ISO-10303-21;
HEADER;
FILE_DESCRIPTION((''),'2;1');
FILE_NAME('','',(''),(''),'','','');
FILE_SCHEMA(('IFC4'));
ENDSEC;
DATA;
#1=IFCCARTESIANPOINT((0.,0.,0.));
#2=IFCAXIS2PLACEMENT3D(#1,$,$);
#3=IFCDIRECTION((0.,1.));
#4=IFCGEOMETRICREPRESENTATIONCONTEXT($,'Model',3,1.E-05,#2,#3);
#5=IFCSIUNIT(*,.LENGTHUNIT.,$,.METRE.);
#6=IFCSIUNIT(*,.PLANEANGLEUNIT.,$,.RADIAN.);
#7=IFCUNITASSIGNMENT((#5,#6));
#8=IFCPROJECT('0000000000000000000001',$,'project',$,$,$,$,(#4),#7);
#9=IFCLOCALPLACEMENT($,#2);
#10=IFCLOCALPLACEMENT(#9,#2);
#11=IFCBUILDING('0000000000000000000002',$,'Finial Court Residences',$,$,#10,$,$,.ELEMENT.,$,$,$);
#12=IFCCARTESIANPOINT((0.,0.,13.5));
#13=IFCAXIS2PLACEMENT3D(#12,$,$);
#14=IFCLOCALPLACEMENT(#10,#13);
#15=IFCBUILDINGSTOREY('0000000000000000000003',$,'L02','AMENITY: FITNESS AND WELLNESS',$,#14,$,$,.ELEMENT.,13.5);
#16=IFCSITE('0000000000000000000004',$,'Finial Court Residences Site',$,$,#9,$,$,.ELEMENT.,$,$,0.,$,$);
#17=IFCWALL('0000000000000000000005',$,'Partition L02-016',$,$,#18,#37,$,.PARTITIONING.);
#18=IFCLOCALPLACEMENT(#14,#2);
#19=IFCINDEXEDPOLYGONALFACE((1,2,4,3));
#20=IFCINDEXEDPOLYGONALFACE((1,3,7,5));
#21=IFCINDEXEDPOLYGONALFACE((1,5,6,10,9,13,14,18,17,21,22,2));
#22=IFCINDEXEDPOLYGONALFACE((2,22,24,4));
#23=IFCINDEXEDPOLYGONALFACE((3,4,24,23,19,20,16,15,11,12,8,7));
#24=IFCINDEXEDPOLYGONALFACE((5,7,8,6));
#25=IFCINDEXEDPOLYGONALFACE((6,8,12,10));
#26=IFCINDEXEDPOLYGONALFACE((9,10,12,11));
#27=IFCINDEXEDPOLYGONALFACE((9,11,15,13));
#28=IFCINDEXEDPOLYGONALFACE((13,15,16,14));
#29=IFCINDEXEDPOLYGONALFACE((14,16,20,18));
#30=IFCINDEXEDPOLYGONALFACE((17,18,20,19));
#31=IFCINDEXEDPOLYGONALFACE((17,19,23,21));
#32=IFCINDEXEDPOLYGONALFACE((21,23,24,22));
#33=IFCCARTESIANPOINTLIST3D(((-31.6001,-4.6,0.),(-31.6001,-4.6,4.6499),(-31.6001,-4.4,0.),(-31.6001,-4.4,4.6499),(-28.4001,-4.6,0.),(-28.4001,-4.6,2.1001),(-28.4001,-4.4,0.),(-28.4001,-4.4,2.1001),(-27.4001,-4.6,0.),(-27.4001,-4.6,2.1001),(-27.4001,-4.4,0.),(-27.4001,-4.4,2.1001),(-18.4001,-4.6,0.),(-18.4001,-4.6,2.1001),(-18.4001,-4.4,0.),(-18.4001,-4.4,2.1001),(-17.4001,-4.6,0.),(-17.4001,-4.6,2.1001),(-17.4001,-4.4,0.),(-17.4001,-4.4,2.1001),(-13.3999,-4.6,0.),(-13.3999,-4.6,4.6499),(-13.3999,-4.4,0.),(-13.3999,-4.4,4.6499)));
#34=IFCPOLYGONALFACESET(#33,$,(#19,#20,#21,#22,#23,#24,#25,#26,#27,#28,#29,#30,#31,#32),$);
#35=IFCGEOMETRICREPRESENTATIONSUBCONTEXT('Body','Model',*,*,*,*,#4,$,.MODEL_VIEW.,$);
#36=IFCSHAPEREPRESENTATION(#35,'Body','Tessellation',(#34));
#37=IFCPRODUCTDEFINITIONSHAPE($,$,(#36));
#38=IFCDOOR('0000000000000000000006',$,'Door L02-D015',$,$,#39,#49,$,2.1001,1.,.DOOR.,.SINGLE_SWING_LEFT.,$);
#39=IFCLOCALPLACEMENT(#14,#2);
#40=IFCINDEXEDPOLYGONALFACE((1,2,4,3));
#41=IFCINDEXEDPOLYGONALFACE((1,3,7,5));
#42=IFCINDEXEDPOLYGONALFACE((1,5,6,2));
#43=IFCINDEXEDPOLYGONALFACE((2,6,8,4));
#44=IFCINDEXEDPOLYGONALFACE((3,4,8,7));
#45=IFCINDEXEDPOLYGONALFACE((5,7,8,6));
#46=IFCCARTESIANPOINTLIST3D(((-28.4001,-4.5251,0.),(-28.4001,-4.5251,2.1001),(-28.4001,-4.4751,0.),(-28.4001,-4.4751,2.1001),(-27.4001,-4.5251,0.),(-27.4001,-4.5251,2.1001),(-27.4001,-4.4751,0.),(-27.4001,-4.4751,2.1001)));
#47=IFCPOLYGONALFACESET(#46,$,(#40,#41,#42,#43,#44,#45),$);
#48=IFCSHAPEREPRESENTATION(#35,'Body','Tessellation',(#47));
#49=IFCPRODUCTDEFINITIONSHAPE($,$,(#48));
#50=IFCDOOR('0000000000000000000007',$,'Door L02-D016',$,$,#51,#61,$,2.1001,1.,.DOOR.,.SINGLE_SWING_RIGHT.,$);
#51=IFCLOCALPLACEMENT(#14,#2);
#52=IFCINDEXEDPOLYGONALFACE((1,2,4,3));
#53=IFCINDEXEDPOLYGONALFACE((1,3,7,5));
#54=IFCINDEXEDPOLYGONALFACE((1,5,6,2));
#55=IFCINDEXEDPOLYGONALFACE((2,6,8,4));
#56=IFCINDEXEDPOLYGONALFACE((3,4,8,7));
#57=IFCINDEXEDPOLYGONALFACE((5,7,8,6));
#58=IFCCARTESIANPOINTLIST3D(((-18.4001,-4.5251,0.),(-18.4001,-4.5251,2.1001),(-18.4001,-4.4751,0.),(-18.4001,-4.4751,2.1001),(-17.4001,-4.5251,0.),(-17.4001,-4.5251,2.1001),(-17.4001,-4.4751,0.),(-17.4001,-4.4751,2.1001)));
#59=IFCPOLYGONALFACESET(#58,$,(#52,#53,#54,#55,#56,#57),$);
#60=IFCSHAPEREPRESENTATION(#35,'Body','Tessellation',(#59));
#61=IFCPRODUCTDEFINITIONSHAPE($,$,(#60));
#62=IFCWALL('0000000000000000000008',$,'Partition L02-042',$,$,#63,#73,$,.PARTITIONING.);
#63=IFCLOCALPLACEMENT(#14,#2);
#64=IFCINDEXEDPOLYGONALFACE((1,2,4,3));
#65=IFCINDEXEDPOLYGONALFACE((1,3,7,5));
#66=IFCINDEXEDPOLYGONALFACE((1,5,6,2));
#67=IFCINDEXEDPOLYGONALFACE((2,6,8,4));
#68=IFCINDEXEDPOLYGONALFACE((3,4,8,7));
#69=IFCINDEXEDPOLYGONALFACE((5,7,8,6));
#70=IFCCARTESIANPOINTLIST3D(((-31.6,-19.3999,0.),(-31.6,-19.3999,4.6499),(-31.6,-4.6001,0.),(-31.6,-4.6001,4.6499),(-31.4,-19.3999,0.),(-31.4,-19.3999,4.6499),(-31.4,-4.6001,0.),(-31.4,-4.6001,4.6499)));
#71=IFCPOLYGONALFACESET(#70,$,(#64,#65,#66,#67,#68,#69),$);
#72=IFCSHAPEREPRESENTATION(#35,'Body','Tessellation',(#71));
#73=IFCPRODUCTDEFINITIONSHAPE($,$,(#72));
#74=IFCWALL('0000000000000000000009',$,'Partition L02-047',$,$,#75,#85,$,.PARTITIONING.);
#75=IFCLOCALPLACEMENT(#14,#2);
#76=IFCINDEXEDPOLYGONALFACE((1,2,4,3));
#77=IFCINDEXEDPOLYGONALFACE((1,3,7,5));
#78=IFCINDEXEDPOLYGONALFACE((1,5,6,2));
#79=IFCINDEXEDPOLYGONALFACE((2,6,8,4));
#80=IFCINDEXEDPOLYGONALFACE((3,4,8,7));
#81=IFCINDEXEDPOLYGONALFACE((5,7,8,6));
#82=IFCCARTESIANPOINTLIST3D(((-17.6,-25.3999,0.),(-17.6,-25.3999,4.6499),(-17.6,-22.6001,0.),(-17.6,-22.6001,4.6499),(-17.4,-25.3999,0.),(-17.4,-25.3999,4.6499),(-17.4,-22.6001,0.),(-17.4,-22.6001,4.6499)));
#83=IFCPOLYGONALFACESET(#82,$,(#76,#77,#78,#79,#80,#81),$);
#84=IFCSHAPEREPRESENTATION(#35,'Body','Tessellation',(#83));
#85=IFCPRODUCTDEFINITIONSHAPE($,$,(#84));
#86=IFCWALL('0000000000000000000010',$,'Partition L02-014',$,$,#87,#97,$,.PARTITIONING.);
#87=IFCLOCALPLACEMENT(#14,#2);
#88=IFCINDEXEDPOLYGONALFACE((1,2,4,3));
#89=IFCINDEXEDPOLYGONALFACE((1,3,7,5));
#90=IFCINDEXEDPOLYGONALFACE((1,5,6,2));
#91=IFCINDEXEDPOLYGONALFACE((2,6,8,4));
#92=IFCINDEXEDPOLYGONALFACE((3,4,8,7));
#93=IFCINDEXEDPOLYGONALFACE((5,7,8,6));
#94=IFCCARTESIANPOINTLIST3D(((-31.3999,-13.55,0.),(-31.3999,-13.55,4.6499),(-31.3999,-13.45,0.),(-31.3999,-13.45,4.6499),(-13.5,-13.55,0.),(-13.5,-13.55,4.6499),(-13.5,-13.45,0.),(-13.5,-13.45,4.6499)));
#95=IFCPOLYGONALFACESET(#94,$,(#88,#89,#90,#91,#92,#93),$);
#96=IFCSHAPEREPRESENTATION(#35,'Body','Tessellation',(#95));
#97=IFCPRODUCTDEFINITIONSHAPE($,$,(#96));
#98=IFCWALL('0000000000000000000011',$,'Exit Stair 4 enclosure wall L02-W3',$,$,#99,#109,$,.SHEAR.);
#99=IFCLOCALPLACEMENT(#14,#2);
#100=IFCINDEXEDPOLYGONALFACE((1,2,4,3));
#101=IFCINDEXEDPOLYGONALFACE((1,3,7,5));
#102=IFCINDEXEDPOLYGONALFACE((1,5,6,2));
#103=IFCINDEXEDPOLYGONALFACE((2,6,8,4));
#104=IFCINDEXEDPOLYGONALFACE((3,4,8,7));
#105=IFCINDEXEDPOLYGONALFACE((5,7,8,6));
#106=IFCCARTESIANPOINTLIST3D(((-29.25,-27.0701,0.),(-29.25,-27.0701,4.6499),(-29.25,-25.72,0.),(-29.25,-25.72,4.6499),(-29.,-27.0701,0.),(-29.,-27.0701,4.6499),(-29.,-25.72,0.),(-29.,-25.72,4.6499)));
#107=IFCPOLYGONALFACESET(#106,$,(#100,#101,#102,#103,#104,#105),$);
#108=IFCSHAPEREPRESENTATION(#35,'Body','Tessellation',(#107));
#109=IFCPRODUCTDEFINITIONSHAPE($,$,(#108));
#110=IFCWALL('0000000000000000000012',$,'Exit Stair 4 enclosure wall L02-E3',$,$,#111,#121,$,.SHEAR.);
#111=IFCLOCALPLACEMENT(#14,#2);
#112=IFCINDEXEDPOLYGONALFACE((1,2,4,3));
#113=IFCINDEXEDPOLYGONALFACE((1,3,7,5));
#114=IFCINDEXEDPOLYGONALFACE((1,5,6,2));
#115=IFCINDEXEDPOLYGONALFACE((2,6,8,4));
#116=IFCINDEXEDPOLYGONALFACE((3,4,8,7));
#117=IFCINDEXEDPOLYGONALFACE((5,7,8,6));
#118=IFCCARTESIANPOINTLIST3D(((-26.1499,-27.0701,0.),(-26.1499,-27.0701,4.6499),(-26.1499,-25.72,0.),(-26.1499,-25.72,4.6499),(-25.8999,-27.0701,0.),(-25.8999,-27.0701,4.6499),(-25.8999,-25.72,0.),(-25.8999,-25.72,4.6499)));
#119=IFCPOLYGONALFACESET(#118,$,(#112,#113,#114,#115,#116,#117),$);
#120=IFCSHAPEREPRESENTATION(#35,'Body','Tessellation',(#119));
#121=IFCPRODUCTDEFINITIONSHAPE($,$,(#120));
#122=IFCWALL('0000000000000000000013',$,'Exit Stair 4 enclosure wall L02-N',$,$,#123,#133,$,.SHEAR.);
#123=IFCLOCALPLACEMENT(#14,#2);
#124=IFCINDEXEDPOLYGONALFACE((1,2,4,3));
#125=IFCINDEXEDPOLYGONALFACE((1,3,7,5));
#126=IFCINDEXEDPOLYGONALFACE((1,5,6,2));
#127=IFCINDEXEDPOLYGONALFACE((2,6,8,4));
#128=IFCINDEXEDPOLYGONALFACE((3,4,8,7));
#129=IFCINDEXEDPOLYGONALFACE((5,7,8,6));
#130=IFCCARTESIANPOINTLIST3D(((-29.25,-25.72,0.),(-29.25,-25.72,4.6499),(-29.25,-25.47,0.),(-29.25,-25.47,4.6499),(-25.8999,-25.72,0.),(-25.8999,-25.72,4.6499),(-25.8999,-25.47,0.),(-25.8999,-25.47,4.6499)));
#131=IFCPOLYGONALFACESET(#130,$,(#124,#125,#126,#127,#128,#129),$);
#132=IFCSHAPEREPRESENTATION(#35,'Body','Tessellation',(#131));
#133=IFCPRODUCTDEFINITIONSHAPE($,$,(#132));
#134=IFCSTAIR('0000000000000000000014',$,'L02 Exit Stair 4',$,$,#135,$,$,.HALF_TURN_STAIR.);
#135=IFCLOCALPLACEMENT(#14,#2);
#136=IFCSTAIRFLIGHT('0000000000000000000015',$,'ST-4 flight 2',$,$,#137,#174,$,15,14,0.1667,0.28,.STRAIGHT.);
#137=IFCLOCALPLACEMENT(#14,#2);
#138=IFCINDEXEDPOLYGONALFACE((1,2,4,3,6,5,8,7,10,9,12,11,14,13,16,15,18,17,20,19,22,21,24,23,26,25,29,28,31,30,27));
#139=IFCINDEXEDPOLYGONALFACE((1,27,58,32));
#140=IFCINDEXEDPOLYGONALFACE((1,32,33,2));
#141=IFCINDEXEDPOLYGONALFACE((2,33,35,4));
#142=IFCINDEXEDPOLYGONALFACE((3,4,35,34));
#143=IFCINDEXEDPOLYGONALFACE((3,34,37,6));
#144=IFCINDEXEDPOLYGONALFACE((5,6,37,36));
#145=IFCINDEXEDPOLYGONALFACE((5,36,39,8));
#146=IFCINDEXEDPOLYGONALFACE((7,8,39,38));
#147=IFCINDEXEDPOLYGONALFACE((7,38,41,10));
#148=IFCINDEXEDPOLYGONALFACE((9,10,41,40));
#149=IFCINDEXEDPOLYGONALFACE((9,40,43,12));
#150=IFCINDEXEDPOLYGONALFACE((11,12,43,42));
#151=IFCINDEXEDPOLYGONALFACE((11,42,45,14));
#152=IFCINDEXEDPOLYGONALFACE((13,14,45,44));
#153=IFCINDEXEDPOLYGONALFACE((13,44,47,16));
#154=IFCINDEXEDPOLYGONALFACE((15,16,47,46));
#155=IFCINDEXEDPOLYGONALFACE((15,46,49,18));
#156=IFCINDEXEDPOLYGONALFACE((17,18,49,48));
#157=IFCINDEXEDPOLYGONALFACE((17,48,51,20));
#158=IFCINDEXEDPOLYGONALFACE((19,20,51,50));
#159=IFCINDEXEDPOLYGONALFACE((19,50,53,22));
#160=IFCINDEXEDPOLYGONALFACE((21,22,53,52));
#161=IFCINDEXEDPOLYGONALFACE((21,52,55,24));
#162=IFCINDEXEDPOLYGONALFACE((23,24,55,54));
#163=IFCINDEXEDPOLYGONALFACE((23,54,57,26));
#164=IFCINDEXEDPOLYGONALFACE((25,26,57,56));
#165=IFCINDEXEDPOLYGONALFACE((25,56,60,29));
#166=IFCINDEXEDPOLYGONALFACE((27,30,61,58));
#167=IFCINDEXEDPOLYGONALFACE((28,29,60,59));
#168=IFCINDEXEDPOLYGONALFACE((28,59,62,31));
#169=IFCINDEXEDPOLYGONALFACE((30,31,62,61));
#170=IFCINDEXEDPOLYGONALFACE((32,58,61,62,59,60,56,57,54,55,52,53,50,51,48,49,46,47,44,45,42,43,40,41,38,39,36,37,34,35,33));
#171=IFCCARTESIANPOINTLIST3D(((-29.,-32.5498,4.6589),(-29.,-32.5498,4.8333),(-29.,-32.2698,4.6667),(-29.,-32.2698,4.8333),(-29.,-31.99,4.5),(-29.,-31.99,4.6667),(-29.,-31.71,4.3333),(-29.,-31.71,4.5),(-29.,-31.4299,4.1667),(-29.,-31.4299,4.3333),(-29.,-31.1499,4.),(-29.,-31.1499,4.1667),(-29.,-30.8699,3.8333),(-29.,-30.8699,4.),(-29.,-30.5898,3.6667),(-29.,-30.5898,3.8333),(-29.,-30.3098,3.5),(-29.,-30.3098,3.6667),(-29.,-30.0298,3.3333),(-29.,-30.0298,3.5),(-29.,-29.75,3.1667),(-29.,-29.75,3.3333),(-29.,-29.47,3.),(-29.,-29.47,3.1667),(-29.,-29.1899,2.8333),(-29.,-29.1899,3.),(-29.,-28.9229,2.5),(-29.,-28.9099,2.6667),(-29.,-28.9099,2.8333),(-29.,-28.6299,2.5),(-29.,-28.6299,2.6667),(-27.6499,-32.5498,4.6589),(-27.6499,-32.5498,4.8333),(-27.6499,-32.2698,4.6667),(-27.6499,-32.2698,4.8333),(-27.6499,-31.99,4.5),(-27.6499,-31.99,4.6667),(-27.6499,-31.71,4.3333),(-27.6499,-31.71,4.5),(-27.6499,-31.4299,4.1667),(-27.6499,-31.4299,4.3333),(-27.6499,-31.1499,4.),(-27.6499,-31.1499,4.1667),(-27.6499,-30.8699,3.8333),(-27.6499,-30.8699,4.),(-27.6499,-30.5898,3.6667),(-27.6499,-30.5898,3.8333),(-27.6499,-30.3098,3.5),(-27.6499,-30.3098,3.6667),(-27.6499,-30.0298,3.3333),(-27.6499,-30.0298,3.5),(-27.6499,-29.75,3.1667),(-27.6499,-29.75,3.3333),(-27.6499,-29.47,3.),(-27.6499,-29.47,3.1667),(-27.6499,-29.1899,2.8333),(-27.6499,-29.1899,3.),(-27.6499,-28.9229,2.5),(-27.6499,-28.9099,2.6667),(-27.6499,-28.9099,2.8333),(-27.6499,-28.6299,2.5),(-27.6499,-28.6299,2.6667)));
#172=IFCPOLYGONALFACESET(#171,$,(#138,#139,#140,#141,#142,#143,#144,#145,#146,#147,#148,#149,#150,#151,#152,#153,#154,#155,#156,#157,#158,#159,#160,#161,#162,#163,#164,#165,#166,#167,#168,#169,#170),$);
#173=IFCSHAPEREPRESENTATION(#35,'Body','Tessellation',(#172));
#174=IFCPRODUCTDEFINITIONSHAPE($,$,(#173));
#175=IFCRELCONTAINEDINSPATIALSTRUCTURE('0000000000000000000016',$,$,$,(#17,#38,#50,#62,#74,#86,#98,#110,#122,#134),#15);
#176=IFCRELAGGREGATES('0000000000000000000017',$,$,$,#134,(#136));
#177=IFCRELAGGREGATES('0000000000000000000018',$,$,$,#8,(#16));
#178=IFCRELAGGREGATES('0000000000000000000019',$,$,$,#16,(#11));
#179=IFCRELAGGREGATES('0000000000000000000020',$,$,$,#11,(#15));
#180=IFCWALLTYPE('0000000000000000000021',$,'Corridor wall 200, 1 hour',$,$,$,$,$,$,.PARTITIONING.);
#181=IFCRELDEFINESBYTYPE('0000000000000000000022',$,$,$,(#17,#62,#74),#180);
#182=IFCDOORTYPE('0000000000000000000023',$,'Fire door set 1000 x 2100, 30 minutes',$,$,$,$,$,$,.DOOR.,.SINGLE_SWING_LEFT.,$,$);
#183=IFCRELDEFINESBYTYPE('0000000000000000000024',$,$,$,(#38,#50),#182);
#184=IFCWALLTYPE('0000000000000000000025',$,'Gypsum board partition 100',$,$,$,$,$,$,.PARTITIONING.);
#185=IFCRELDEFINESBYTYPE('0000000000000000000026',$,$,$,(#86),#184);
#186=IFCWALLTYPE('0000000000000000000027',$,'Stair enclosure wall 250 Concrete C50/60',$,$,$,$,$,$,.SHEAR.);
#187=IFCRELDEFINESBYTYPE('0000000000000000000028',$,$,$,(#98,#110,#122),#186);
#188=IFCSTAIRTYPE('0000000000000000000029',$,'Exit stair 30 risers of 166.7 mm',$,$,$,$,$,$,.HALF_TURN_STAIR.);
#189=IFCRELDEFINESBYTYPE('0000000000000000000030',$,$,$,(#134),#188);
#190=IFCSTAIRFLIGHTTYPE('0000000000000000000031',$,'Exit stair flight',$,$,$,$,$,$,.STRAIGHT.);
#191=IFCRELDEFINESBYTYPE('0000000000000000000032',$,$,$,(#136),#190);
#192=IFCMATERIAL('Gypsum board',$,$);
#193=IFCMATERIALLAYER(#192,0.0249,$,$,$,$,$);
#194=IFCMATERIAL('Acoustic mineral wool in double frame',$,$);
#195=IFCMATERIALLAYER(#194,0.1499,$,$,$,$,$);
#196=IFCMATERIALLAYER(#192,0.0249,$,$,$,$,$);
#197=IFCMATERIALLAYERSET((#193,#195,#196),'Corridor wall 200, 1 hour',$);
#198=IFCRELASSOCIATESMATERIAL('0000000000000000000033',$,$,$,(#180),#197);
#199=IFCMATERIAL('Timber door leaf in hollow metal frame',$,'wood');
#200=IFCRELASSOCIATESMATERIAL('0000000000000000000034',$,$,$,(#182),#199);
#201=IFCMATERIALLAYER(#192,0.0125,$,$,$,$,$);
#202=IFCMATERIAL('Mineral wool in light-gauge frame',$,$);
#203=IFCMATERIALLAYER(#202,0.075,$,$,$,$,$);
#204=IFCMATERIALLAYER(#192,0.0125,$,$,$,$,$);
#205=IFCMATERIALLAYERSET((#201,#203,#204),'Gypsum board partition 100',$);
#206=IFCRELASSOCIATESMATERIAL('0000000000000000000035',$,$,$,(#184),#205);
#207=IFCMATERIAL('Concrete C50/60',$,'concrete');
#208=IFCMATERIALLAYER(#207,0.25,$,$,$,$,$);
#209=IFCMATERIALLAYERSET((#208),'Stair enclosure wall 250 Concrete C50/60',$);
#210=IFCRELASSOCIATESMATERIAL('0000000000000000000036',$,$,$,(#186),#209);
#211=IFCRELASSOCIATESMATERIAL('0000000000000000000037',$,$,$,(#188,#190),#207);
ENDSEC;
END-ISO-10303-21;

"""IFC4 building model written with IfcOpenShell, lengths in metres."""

from ifc_helpers import new_model, si_unit, direction, frame, frame_2d, origin, place, context, subcontext, project, spatial, polyline, rectangle, outline, extrude, material, layer, layer_set, type_object, element, fill, aggregate, save


model = new_model("IFC4")

# Units and contexts
model_context = context("Model", 3, precision=1e-05, world=origin(), true_north=direction((0.0, 1.0)))
body_context = subcontext(model_context, "Body", "Model", "MODEL_VIEW")
ifc_project = project(units=[si_unit("LENGTHUNIT", "METRE"), si_unit("PLANEANGLEUNIT", "RADIAN")], contexts=[model_context])

# Site, building, storey
site_placement = place(None, origin())
site = spatial("IfcSite", under=ifc_project, at=site_placement, Name="Finial Court Residences Site", CompositionType="ELEMENT", RefElevation=0.0)
building_placement = place(site_placement, origin())
building = spatial("IfcBuilding", under=site, at=building_placement, Name="Finial Court Residences", CompositionType="ELEMENT")
storey_placement = place(building_placement, frame((0.0, 0.0, 13.5)))
storey = spatial("IfcBuildingStorey", under=building, at=storey_placement, Name="L02", Description="AMENITY: FITNESS AND WELLNESS", CompositionType="ELEMENT", Elevation=13.5)

# Shared definitions
ifc_material_1 = material(Name="Concrete C50/60", Category="concrete")

# Shared definitions
ifc_material_2 = material(Name="Gypsum board")
ifc_layer_1 = layer(ifc_material_2, 0.0249)
ifc_material_3 = material(Name="Acoustic mineral wool in double frame")
ifc_layer_2 = layer(ifc_material_3, 0.1499)
ifc_layer_3 = layer(ifc_material_2, 0.0249)
ifc_layer_set_1 = layer_set([ifc_layer_1, ifc_layer_2, ifc_layer_3], Name="Corridor wall 200, 1 hour")
wall_type_1 = type_object("IfcWallType", Name="Corridor wall 200, 1 hour", PredefinedType="PARTITIONING", material=ifc_layer_set_1)

# Wall, openings, doors
ifc_material_4 = material(Name="Timber door leaf in hollow metal frame", Category="wood")
door_type = type_object("IfcDoorType", Name="Fire door set 1000 x 2100, 30 minutes", OperationType="SINGLE_SWING_LEFT", PredefinedType="DOOR", material=ifc_material_4)
wall_1_placement = place(storey_placement, frame((-31.6001, -4.5, 0.0), z_axis=(0.0, 0.0, 1.0), x_axis=(1.0, 0.0, 0.0)))
wall_1 = element("IfcWall", 1, at=wall_1_placement, inside=storey, type_object=wall_type_1, Name="Partition L02-016", PredefinedType="PARTITIONING", context=body_context, shape_type="SweptSolid", body=[
    extrude(rectangle(XDim=18.2002, YDim=0.2, at=frame_2d((9.1001, 0.0))), origin(), (0.0, 0.0, 1.0), 4.6499),
])
opening_1_placement = place(wall_1_placement, frame((3.2, 0.0, 0.0)))
opening_1 = element("IfcOpeningElement", 2, at=opening_1_placement, cuts=wall_1, PredefinedType="OPENING", context=body_context, shape_type="SweptSolid", body=[
    extrude(rectangle(XDim=1.0, YDim=2.1001, at=frame_2d((0.5, 1.05))), frame((0.0, 0.1099, 0.0), z_axis=(0.0, -1.0, 0.0), x_axis=(1.0, 0.0, 0.0)), (0.0, 0.0, 1.0), 0.22),
])
opening_2_placement = place(wall_1_placement, frame((13.2, 0.0, 0.0)))
opening_2 = element("IfcOpeningElement", 3, at=opening_2_placement, cuts=wall_1, PredefinedType="OPENING", context=body_context, shape_type="SweptSolid", body=[
    extrude(rectangle(XDim=1.0, YDim=2.1001, at=frame_2d((0.5, 1.05))), frame((0.0, 0.1099, 0.0), z_axis=(0.0, -1.0, 0.0), x_axis=(1.0, 0.0, 0.0)), (0.0, 0.0, 1.0), 0.22),
])
door_1_placement = place(opening_1_placement, origin())
door_1 = element("IfcDoor", 4, at=door_1_placement, inside=storey, type_object=door_type, Name="Door L02-D015", OperationType="SINGLE_SWING_LEFT", OverallHeight=2.1001, OverallWidth=1.0, PredefinedType="DOOR", context=body_context, shape_type="SweptSolid", body=[
    extrude(rectangle(XDim=1.0, YDim=2.1001, at=frame_2d((0.5, 1.05))), frame((0.0, 0.0249, 0.0), z_axis=(0.0, -1.0, 0.0), x_axis=(1.0, 0.0, 0.0)), (0.0, 0.0, 1.0), 0.05),
])
fill(opening_1, door_1)
door_2_placement = place(opening_2_placement, origin())
door_2 = element("IfcDoor", 5, at=door_2_placement, inside=storey, type_object=door_type, Name="Door L02-D016", OperationType="SINGLE_SWING_RIGHT", OverallHeight=2.1001, OverallWidth=1.0, PredefinedType="DOOR", context=body_context, shape_type="SweptSolid", body=[
    extrude(rectangle(XDim=1.0, YDim=2.1001, at=frame_2d((0.5, 1.05))), frame((0.0, 0.0249, 0.0), z_axis=(0.0, -1.0, 0.0), x_axis=(1.0, 0.0, 0.0)), (0.0, 0.0, 1.0), 0.05),
])
fill(opening_2, door_2)

# Walls
wall_2_placement = place(storey_placement, frame((-31.5, -19.3999, 0.0), z_axis=(0.0, 0.0, 1.0), x_axis=(0.0, 1.0, 0.0)))
element("IfcWall", 6, at=wall_2_placement, inside=storey, type_object=wall_type_1, Name="Partition L02-042", PredefinedType="PARTITIONING", context=body_context, shape_type="SweptSolid", body=[
    extrude(rectangle(XDim=14.7998, YDim=0.2, at=frame_2d((7.3999, 0.0))), origin(), (0.0, 0.0, 1.0), 4.6499),
])
wall_3_placement = place(storey_placement, frame((-17.5, -25.3999, 0.0), z_axis=(0.0, 0.0, 1.0), x_axis=(0.0, 1.0, 0.0)))
element("IfcWall", 7, at=wall_3_placement, inside=storey, type_object=wall_type_1, Name="Partition L02-047", PredefinedType="PARTITIONING", context=body_context, shape_type="SweptSolid", body=[
    extrude(rectangle(XDim=2.7998, YDim=0.2, at=frame_2d((1.3999, 0.0))), origin(), (0.0, 0.0, 1.0), 4.6499),
])
ifc_layer_4 = layer(ifc_material_2, 0.0125)
ifc_material_5 = material(Name="Mineral wool in light-gauge frame")
ifc_layer_5 = layer(ifc_material_5, 0.075)
ifc_layer_6 = layer(ifc_material_2, 0.0125)
ifc_layer_set_2 = layer_set([ifc_layer_4, ifc_layer_5, ifc_layer_6], Name="Gypsum board partition 100")
wall_type_2 = type_object("IfcWallType", Name="Gypsum board partition 100", PredefinedType="PARTITIONING", material=ifc_layer_set_2)
wall_4_placement = place(storey_placement, frame((-31.3999, -13.5, 0.0), z_axis=(0.0, 0.0, 1.0), x_axis=(1.0, 0.0, 0.0)))
element("IfcWall", 8, at=wall_4_placement, inside=storey, type_object=wall_type_2, Name="Partition L02-014", PredefinedType="PARTITIONING", context=body_context, shape_type="SweptSolid", body=[
    extrude(rectangle(XDim=17.8999, YDim=0.1001, at=frame_2d((8.95, 0.0))), origin(), (0.0, 0.0, 1.0), 4.6499),
])
ifc_layer_7 = layer(ifc_material_1, 0.25)
ifc_layer_set_3 = layer_set([ifc_layer_7], Name="Stair enclosure wall 250 Concrete C50/60")
wall_type_3 = type_object("IfcWallType", Name="Stair enclosure wall 250 Concrete C50/60", PredefinedType="SHEAR", material=ifc_layer_set_3)
for number, where, z_axis, x_axis, name in (
    (9, (-29.125, -27.0701, 0.0), (0.0, 0.0, 1.0), (0.0, 1.0, 0.0), "Exit Stair 4 enclosure wall L02-W3"),
    (10, (-26.0249, -27.0701, 0.0), (0.0, 0.0, 1.0), (0.0, 1.0, 0.0), "Exit Stair 4 enclosure wall L02-E3"),
):
    element("IfcWall", number, at=place(storey_placement, frame(where, z_axis=z_axis, x_axis=x_axis)), inside=storey, type_object=wall_type_3, Name=name, PredefinedType="SHEAR", context=body_context, shape_type="SweptSolid", body=[
        extrude(rectangle(XDim=1.3501, YDim=0.25, at=frame_2d((0.675, 0.0))), origin(), (0.0, 0.0, 1.0), 4.6499),
    ])
wall_5_placement = place(storey_placement, frame((-29.25, -25.595, 0.0), z_axis=(0.0, 0.0, 1.0), x_axis=(1.0, 0.0, 0.0)))
element("IfcWall", 11, at=wall_5_placement, inside=storey, type_object=wall_type_3, Name="Exit Stair 4 enclosure wall L02-N", PredefinedType="SHEAR", context=body_context, shape_type="SweptSolid", body=[
    extrude(rectangle(XDim=3.3501, YDim=0.25, at=frame_2d((1.675, 0.0))), origin(), (0.0, 0.0, 1.0), 4.6499),
])

# Stair, stair flight
stair_type = type_object("IfcStairType", Name="Exit stair 30 risers of 166.7 mm", PredefinedType="HALF_TURN_STAIR", material=ifc_material_1)
stair_placement = place(storey_placement, origin())
stair = element("IfcStair", 12, at=stair_placement, inside=storey, type_object=stair_type, Name="L02 Exit Stair 4", PredefinedType="HALF_TURN_STAIR")
stair_flight_type = type_object("IfcStairFlightType", Name="Exit stair flight", PredefinedType="STRAIGHT", material=ifc_material_1)
stair_flight_placement = place(storey_placement, frame((-28.325, -28.6299, 2.5), z_axis=(0.0, 0.0, 1.0), x_axis=(0.0, -1.0, 0.0)))
stair_flight = element("IfcStairFlight", 13, at=stair_flight_placement, type_object=stair_flight_type, Name="ST-4 flight 2", NumberOfRisers=15, NumberOfTreads=14, PredefinedType="STRAIGHT", RiserHeight=0.1667, TreadLength=0.28, context=body_context, shape_type="SweptSolid", body=[
    extrude(outline(polyline([(0.0, 0.0), (0.0, 0.1667), (0.28, 0.1667), (0.28, 0.3333), (0.5601, 0.3333), (0.5601, 0.5), (0.8401, 0.5), (0.8401, 0.6667), (1.1201, 0.6667), (1.1201, 0.8333), (1.3999, 0.8333), (1.3999, 1.0), (1.6799, 1.0), (1.6799, 1.1667), (1.96, 1.1667), (1.96, 1.3333), (2.24, 1.3333), (2.24, 1.5), (2.52, 1.5), (2.52, 1.6667), (2.8, 1.6667), (2.8, 1.8333), (3.0801, 1.8333), (3.0801, 2.0), (3.3601, 2.0), (3.3601, 2.1667), (3.6399, 2.1667), (3.6399, 2.3333), (3.9199, 2.3333), (3.9199, 2.5), (3.9199, 2.1589), (0.293, 0.0), (0.0, 0.0)])), frame((0.0, 0.675, 0.0), z_axis=(0.0, -1.0, 0.0), x_axis=(1.0, 0.0, 0.0)), (0.0, 0.0, 1.0), 1.3501),
])
aggregate(stair, [stair_flight])

save(model, "model.ifc")
